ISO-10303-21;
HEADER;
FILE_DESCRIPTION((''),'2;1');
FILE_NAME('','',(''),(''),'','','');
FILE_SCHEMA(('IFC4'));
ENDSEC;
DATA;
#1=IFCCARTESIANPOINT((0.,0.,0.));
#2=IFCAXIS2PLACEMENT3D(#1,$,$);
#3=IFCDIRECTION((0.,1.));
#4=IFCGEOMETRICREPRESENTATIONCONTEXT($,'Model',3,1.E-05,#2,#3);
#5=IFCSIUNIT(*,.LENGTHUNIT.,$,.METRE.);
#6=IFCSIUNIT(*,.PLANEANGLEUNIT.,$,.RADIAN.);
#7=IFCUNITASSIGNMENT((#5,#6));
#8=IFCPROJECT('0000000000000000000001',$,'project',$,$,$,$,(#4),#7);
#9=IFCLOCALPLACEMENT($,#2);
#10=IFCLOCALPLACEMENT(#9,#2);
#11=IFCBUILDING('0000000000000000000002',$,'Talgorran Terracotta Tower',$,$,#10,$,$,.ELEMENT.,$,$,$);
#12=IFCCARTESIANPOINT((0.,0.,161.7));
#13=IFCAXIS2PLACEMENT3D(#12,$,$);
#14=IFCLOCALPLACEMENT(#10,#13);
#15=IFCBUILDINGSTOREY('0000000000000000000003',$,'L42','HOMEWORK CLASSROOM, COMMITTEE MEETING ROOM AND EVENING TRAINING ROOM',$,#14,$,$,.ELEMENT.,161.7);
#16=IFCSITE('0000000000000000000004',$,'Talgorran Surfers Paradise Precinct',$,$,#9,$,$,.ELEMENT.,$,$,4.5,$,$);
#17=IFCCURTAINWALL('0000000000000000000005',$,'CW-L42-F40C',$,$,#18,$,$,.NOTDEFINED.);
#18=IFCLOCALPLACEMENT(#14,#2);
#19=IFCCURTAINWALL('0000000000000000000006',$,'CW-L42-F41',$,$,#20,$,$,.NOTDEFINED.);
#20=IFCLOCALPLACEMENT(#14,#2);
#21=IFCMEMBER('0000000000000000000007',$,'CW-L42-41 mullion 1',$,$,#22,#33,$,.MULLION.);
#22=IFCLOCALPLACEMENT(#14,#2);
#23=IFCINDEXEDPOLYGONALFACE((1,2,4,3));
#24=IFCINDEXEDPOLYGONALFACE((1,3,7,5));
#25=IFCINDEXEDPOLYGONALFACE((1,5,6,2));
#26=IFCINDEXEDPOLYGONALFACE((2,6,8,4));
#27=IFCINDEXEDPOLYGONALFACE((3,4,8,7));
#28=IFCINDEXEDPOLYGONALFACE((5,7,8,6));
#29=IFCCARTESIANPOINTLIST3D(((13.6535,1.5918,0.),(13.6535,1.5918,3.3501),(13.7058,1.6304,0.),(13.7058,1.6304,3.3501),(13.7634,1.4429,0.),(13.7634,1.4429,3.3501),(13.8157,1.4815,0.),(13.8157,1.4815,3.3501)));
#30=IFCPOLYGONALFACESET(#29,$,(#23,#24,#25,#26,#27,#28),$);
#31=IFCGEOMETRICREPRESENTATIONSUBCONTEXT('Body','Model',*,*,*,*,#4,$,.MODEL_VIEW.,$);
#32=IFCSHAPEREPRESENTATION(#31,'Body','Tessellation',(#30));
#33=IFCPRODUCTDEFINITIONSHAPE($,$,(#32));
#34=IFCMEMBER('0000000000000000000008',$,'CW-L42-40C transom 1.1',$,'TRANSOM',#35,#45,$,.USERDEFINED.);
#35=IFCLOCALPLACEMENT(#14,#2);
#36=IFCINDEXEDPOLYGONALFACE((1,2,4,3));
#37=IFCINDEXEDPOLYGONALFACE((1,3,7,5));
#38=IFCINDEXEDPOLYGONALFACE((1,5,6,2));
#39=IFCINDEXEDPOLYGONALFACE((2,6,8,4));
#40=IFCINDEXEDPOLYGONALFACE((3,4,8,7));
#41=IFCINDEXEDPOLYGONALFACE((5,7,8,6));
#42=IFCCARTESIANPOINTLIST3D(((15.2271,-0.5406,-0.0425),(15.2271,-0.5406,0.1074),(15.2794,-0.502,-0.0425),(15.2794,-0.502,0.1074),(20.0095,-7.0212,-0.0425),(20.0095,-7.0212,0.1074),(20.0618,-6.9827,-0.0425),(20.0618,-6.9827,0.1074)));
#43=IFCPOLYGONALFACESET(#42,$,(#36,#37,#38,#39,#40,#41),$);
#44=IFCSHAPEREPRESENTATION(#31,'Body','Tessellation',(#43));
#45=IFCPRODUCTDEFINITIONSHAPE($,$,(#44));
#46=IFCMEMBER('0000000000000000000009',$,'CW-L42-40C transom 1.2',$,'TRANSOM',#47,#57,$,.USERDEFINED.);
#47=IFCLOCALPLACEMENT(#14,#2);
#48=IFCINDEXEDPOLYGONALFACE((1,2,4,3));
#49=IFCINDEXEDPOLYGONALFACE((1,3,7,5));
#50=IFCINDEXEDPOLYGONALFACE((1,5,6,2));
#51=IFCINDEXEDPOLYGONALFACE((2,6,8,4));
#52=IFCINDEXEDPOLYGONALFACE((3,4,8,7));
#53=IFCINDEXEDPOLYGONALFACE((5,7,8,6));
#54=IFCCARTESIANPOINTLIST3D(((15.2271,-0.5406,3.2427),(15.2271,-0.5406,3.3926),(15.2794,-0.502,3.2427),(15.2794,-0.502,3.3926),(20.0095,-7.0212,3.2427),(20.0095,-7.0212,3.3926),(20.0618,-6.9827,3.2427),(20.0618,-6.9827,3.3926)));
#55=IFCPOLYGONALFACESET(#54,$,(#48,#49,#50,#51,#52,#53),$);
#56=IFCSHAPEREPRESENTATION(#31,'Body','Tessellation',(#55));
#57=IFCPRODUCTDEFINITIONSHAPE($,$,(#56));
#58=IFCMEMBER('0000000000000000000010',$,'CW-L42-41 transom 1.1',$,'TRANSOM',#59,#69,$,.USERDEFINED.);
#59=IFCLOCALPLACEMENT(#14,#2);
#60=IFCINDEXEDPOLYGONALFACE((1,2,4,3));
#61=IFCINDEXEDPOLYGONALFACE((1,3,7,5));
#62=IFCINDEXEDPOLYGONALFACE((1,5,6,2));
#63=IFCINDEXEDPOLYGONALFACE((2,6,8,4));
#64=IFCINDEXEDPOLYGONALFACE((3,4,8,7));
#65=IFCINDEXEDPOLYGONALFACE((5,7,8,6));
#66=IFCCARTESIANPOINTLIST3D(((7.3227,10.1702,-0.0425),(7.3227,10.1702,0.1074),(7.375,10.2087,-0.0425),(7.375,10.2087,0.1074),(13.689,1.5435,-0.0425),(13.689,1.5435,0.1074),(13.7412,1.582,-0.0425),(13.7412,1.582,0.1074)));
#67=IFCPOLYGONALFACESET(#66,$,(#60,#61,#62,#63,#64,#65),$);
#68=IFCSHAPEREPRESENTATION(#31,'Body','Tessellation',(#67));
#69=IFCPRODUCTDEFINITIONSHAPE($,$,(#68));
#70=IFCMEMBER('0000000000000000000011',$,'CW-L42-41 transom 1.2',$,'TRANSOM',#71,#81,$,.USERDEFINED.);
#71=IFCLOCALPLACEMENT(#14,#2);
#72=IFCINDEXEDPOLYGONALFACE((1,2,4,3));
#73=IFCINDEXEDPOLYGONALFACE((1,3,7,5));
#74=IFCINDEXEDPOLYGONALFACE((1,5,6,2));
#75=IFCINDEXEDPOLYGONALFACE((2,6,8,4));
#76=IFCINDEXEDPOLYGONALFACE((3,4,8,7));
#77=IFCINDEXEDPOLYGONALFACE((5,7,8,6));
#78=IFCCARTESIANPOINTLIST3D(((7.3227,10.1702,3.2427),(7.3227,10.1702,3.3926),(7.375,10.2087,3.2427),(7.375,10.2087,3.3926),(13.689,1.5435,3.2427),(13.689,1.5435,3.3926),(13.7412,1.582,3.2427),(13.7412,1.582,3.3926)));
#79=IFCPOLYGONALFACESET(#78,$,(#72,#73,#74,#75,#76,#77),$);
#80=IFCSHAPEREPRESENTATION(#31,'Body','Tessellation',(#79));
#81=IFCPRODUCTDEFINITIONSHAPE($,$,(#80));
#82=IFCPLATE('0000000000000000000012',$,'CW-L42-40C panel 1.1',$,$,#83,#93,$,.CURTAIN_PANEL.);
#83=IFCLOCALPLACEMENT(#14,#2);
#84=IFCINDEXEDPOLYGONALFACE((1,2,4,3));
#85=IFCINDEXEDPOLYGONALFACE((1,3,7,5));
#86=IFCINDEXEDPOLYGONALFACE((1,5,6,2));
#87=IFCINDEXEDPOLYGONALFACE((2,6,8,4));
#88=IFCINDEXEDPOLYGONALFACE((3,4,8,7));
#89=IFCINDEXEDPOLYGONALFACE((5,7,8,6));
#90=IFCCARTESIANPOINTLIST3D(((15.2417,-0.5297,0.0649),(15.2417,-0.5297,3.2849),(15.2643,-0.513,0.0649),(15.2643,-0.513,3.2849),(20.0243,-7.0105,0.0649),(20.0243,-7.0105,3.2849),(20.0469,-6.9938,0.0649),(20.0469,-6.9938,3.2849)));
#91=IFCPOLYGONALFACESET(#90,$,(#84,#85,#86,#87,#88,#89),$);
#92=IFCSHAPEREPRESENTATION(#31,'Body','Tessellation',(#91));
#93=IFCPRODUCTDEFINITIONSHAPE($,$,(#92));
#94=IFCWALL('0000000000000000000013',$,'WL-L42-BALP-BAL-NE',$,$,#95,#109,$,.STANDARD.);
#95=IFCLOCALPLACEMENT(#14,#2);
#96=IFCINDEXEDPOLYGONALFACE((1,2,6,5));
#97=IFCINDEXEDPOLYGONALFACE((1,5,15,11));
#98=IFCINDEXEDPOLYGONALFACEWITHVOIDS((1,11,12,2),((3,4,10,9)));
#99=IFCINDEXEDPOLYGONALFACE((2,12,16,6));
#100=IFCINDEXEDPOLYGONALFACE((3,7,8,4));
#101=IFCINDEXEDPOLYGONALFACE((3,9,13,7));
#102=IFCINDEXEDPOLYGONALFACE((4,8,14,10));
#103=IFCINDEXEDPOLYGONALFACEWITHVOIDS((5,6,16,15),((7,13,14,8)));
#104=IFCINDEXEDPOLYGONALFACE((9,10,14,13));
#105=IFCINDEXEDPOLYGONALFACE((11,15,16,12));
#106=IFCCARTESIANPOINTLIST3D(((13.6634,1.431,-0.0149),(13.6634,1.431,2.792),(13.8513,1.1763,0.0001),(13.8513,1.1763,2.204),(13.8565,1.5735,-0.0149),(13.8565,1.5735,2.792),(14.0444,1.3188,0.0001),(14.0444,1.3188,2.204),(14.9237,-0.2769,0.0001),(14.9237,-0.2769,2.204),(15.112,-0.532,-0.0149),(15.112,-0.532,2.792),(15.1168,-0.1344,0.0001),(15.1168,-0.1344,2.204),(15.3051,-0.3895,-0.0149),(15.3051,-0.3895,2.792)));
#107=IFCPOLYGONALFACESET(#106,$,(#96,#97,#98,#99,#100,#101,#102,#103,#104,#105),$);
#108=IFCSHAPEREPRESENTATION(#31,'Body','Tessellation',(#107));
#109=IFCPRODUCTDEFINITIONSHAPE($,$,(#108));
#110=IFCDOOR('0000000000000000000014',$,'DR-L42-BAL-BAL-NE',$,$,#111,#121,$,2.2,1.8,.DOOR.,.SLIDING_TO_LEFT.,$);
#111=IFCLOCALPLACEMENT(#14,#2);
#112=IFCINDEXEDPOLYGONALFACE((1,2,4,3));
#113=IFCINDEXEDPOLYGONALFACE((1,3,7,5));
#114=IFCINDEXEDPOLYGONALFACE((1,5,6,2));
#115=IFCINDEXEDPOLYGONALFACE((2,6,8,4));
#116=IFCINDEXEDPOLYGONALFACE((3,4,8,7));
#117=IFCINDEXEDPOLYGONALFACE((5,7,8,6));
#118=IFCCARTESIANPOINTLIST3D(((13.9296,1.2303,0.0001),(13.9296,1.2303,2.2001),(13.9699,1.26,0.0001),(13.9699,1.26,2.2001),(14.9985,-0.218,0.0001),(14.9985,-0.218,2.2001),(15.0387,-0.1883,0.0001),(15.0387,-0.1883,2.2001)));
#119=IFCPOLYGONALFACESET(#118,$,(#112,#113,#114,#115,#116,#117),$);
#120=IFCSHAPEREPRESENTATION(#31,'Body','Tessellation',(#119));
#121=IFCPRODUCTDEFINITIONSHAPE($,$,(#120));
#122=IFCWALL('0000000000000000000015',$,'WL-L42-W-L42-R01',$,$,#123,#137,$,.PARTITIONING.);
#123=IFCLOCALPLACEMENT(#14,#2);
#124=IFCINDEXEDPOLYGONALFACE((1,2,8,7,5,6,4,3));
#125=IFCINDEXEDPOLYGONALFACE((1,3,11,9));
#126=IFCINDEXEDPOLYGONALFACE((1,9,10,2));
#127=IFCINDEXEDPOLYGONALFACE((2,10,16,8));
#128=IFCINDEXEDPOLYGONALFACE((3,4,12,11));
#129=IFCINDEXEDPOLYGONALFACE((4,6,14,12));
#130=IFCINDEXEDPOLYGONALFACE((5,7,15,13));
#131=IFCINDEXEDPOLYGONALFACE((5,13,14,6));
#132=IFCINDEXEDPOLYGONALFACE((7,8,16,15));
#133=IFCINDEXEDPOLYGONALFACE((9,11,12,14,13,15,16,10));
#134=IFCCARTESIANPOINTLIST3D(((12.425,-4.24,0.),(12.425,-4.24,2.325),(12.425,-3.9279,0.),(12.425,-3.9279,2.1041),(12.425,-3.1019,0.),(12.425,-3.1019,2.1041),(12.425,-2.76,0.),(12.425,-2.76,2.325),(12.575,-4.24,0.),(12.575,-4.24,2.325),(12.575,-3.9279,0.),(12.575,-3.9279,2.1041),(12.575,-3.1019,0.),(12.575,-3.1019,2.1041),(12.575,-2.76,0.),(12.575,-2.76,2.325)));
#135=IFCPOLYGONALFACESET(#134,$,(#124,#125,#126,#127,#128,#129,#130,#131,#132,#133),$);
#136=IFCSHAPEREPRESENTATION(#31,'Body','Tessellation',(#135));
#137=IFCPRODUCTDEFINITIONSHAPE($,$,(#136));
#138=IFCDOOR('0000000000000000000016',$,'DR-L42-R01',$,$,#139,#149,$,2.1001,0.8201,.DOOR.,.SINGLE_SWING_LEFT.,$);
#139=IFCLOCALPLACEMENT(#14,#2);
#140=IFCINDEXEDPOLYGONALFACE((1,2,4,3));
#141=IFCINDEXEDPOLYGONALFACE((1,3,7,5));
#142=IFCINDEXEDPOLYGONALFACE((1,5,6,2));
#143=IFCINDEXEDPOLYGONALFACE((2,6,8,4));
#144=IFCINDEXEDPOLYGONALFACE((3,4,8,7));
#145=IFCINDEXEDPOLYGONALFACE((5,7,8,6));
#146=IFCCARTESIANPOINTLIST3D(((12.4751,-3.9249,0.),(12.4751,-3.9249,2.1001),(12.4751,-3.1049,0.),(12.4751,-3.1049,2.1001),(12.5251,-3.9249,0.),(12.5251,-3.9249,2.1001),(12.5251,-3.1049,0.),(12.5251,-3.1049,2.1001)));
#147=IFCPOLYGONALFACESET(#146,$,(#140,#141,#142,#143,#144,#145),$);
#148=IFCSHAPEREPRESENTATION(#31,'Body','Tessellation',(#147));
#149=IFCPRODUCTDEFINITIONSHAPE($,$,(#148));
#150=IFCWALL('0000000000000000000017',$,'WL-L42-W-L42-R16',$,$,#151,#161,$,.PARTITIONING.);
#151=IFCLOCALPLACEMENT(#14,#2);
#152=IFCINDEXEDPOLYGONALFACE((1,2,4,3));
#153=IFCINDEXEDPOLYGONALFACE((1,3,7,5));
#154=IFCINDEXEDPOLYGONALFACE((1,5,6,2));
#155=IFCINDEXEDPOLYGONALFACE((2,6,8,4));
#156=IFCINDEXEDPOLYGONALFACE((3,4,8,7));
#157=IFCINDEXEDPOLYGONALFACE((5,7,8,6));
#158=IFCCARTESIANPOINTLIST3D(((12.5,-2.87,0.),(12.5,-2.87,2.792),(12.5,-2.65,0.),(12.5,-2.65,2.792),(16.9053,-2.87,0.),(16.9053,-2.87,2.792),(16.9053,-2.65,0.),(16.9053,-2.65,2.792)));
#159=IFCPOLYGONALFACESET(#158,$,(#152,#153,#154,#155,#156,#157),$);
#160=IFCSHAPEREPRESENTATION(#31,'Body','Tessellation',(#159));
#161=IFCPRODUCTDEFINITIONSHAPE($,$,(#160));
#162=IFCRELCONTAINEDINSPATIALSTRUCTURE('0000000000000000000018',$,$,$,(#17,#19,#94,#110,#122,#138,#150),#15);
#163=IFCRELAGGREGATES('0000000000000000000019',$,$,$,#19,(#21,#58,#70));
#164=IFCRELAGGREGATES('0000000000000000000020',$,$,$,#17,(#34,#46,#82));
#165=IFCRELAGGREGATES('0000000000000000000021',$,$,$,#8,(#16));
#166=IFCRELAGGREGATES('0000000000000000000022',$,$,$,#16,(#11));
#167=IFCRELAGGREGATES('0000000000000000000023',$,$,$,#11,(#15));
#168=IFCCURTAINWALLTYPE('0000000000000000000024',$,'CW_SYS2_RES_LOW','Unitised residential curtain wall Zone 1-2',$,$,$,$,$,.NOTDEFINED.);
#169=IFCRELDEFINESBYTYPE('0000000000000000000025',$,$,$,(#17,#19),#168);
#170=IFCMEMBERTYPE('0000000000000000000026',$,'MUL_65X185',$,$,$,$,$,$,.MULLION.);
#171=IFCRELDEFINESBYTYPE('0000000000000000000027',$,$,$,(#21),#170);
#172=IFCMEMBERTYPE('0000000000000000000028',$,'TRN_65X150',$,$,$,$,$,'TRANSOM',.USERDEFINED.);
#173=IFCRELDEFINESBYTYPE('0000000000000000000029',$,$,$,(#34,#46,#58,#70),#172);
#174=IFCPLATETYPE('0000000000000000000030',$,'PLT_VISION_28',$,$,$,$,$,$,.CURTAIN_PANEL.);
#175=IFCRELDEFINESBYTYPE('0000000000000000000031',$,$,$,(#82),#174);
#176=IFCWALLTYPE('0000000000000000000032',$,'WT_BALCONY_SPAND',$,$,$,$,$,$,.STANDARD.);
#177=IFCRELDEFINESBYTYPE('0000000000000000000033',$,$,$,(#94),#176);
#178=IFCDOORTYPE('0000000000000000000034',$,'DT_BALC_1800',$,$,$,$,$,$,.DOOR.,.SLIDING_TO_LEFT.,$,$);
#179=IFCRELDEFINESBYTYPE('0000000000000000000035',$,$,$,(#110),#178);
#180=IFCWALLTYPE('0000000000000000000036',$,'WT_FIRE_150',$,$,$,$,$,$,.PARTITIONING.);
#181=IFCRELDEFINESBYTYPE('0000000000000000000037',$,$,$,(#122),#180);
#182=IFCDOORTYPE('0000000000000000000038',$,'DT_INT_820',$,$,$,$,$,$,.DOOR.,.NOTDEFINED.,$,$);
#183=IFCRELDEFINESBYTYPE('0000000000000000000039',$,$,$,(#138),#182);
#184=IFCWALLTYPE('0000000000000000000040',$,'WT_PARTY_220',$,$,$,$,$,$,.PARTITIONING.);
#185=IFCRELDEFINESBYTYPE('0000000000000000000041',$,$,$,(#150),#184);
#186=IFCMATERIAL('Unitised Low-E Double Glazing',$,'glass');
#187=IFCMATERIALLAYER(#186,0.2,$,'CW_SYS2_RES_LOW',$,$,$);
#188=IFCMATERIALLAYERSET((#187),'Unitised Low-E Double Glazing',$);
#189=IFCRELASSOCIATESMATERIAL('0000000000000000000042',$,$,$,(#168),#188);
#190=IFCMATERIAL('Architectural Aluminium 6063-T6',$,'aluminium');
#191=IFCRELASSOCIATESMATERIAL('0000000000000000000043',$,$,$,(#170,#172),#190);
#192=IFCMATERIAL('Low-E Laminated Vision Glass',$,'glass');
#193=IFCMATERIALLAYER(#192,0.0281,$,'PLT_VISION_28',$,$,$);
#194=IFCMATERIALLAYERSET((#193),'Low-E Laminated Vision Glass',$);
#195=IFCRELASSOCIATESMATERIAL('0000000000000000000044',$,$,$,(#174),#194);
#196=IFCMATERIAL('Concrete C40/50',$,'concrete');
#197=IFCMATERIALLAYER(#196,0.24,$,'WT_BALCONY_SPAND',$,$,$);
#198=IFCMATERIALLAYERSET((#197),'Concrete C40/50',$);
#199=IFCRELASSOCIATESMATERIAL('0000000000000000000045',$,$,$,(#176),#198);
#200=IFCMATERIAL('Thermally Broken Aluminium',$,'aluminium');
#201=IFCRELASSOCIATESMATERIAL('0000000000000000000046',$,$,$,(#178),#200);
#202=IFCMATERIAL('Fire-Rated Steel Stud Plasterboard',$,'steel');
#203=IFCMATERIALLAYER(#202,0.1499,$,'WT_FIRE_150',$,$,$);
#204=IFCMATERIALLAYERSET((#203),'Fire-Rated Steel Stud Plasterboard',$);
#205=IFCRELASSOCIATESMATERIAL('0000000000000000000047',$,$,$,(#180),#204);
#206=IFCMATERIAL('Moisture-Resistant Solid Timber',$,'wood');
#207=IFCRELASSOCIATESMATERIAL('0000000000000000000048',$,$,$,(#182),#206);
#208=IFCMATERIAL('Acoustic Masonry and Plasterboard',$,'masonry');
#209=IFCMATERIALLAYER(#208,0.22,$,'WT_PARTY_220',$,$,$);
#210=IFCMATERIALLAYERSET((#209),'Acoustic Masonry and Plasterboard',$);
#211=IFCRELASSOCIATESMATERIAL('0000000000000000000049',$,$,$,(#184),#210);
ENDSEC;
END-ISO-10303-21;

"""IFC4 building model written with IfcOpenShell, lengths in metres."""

from ifc_helpers import new_model, si_unit, direction, frame, frame_2d, origin, origin_2d, place, context, subcontext, project, spatial, rectangle, extrude, source, transform, mapped, material, layer, layer_set, material_profile, profile_set, type_object, type_shapes, element, fill, aggregate, save


model = new_model("IFC4")

# Units and contexts
model_context = context("Model", 3, precision=1e-05, world=origin(), true_north=direction((0.0, 1.0)))
body_context = subcontext(model_context, "Body", "Model", "MODEL_VIEW")
ifc_project = project(units=[si_unit("LENGTHUNIT", "METRE"), si_unit("PLANEANGLEUNIT", "RADIAN")], contexts=[model_context])

# Site, building, storey
site_placement = place(None, origin())
site = spatial("IfcSite", under=ifc_project, at=site_placement, Name="Talgorran Surfers Paradise Precinct", CompositionType="ELEMENT", RefElevation=4.5)
building_placement = place(site_placement, origin())
building = spatial("IfcBuilding", under=site, at=building_placement, Name="Talgorran Terracotta Tower", CompositionType="ELEMENT")
storey_placement = place(building_placement, frame((0.0, 0.0, 161.7)))
storey = spatial("IfcBuildingStorey", under=building, at=storey_placement, Name="L42", Description="HOMEWORK CLASSROOM, COMMITTEE MEETING ROOM AND EVENING TRAINING ROOM", CompositionType="ELEMENT", Elevation=161.7)

# Shared definitions
ifc_material_1 = material(Name="Unitised Low-E Double Glazing", Category="glass")
ifc_layer_1 = layer(ifc_material_1, 0.2, Name="CW_SYS2_RES_LOW")
ifc_layer_set_1 = layer_set([ifc_layer_1], Name="Unitised Low-E Double Glazing")
curtain_wall_type = type_object("IfcCurtainWallType", Name="CW_SYS2_RES_LOW", Description="Unitised residential curtain wall Zone 1-2", PredefinedType="NOTDEFINED", material=ifc_layer_set_1)
ifc_material_2 = material(Name="Architectural Aluminium 6063-T6", Category="aluminium")
ifc_material_profile_1 = material_profile(ifc_material_2, rectangle(XDim=0.0649, YDim=0.1851, at=origin_2d()), Name="CWM65X185")
ifc_profile_set_1 = profile_set([ifc_material_profile_1], Name="Architectural Aluminium 6063-T6")
member_type_1 = type_object("IfcMemberType", Name="MUL_65X185", PredefinedType="MULLION", material=ifc_profile_set_1)

# Curtain wall
curtain_wall_1_placement = place(storey_placement, origin())
curtain_wall_1 = element("IfcCurtainWall", 1, at=curtain_wall_1_placement, inside=storey, type_object=curtain_wall_type, Name="CW-L42-F40C", PredefinedType="NOTDEFINED")

# Curtain wall, member
curtain_wall_2_placement = place(storey_placement, origin())
curtain_wall_2 = element("IfcCurtainWall", 2, at=curtain_wall_2_placement, inside=storey, type_object=curtain_wall_type, Name="CW-L42-F41", PredefinedType="NOTDEFINED")
member_1_placement = place(storey_placement, frame((13.7346, 1.5366, 0.0), z_axis=(0.0, 0.0, 1.0), x_axis=(-0.804624, -0.593785, 0.0)))
member_1 = element("IfcMember", 3, at=member_1_placement, type_object=member_type_1, Name="CW-L42-41 mullion 1", PredefinedType="MULLION", context=body_context, shape_type="SweptSolid", body=[
    extrude(rectangle(XDim=0.0649, YDim=0.1851, at=origin_2d()), origin(), (0.0, 0.0, 1.0), 3.3501),
])

# Members
ifc_material_profile_2 = material_profile(ifc_material_2, rectangle(XDim=0.0649, YDim=0.1499, at=origin_2d()), Name="CWT65X150")
ifc_profile_set_2 = profile_set([ifc_material_profile_2], Name="Architectural Aluminium 6063-T6")
member_type_2 = type_object("IfcMemberType", Name="TRN_65X150", ElementType="TRANSOM", PredefinedType="USERDEFINED", material=ifc_profile_set_2)
member_2_placement = place(storey_placement, frame((20.0356, -7.002, 0.0325), z_axis=(-0.593779, 0.804628, 0.0), x_axis=(-0.804628, -0.593779, 0.0)))
member_2 = element("IfcMember", 4, at=member_2_placement, type_object=member_type_2, Name="CW-L42-40C transom 1.1", ObjectType="TRANSOM", PredefinedType="USERDEFINED", context=body_context, shape_type="SweptSolid", body=[
    extrude(rectangle(XDim=0.0649, YDim=0.1499, at=origin_2d()), origin(), (0.0, 0.0, 1.0), 8.0542),
])
member_3_placement = place(storey_placement, frame((20.0356, -7.002, 3.3176), z_axis=(-0.593779, 0.804628, 0.0), x_axis=(-0.804628, -0.593779, 0.0)))
member_3 = element("IfcMember", 5, at=member_3_placement, type_object=member_type_2, Name="CW-L42-40C transom 1.2", ObjectType="TRANSOM", PredefinedType="USERDEFINED", context=body_context, shape_type="SweptSolid", body=[
    extrude(rectangle(XDim=0.0649, YDim=0.1499, at=origin_2d()), origin(), (0.0, 0.0, 1.0), 8.0542),
])
member_4_placement = place(storey_placement, frame((13.7151, 1.5627, 0.0325), z_axis=(-0.593785, 0.804624, 0.0), x_axis=(-0.804624, -0.593785, 0.0)))
member_4 = element("IfcMember", 6, at=member_4_placement, type_object=member_type_2, Name="CW-L42-41 transom 1.1", ObjectType="TRANSOM", PredefinedType="USERDEFINED", context=body_context, shape_type="SweptSolid", body=[
    extrude(rectangle(XDim=0.0649, YDim=0.1499, at=origin_2d()), origin(), (0.0, 0.0, 1.0), 10.7214),
])
member_5_placement = place(storey_placement, frame((13.7151, 1.5627, 3.3176), z_axis=(-0.593785, 0.804624, 0.0), x_axis=(-0.804624, -0.593785, 0.0)))
member_5 = element("IfcMember", 7, at=member_5_placement, type_object=member_type_2, Name="CW-L42-41 transom 1.2", ObjectType="TRANSOM", PredefinedType="USERDEFINED", context=body_context, shape_type="SweptSolid", body=[
    extrude(rectangle(XDim=0.0649, YDim=0.1499, at=origin_2d()), origin(), (0.0, 0.0, 1.0), 10.7214),
])
aggregate(curtain_wall_2, [member_1, member_4, member_5])

# Plate
ifc_material_3 = material(Name="Low-E Laminated Vision Glass", Category="glass")
ifc_layer_2 = layer(ifc_material_3, 0.0281, Name="PLT_VISION_28")
ifc_layer_set_2 = layer_set([ifc_layer_2], Name="Low-E Laminated Vision Glass")
plate_type = type_object("IfcPlateType", Name="PLT_VISION_28", PredefinedType="CURTAIN_PANEL", material=ifc_layer_set_2)
shared_shape = source(origin(), body_context, "Body", "SweptSolid", [
    extrude(rectangle(XDim=8.0544, YDim=0.0281, at=origin_2d()), origin(), (0.0, 0.0, 1.0), 3.22),
])
type_shapes(plate_type, [shared_shape])
plate_placement = place(storey_placement, frame((17.6443, -3.7617, 0.0649), z_axis=(0.0, 0.0, 1.0), x_axis=(-0.593785, 0.804624, 0.0)))
plate = element("IfcPlate", 8, at=plate_placement, type_object=plate_type, Name="CW-L42-40C panel 1.1", PredefinedType="CURTAIN_PANEL", context=body_context, shape_type="MappedRepresentation", body=[
    mapped(shared_shape, transform((0.0, 0.0, 0.0), scale=1.0)),
])
aggregate(curtain_wall_1, [member_2, member_3, plate])

# Walls, openings, doors
ifc_material_4 = material(Name="Concrete C40/50", Category="concrete")
ifc_layer_3 = layer(ifc_material_4, 0.24, Name="WT_BALCONY_SPAND")
ifc_layer_set_3 = layer_set([ifc_layer_3], Name="Concrete C40/50")
wall_type_1 = type_object("IfcWallType", Name="WT_BALCONY_SPAND", PredefinedType="STANDARD", material=ifc_layer_set_3)
wall_1_placement = place(storey_placement, frame((15.2085, -0.4607, -0.0149), z_axis=(0.0, 0.0, 1.0), x_axis=(-0.593786, 0.804623, 0.0)))
wall_1 = element("IfcWall", 9, at=wall_1_placement, inside=storey, type_object=wall_type_1, Name="WL-L42-BALP-BAL-NE", PredefinedType="STANDARD", context=body_context, shape_type="SweptSolid", body=[
    extrude(rectangle(XDim=2.4397, YDim=0.24, at=frame_2d((1.2197, 0.0))), origin(), (0.0, 0.0, 1.0), 2.8069),
])
opening_1_placement = place(wall_1_placement, frame((0.3201, 0.0, 0.0149)))
opening_1 = element("IfcOpeningElement", 10, at=opening_1_placement, cuts=wall_1, PredefinedType="OPENING", context=body_context, shape_type="SweptSolid", body=[
    extrude(rectangle(XDim=1.806, YDim=2.204, at=frame_2d((0.8999, 1.1021))), frame((0.0, 0.1299, 0.0), z_axis=(0.0, -1.0, 0.0), x_axis=(1.0, 0.0, 0.0)), (0.0, 0.0, 1.0), 0.26),
])
ifc_material_5 = material(Name="Thermally Broken Aluminium", Category="aluminium")
door_type_1 = type_object("IfcDoorType", Name="DT_BALC_1800", OperationType="SLIDING_TO_LEFT", PredefinedType="DOOR", material=ifc_material_5)
door_1_placement = place(opening_1_placement, origin())
door_1 = element("IfcDoor", 11, at=door_1_placement, inside=storey, type_object=door_type_1, Name="DR-L42-BAL-BAL-NE", OperationType="SLIDING_TO_LEFT", OverallHeight=2.2, OverallWidth=1.8, PredefinedType="DOOR", context=body_context, shape_type="SweptSolid", body=[
    extrude(rectangle(XDim=1.8, YDim=2.2, at=frame_2d((0.8999, 1.1001))), frame((0.0, 0.0249, 0.0), z_axis=(0.0, -1.0, 0.0), x_axis=(1.0, 0.0, 0.0)), (0.0, 0.0, 1.0), 0.05),
])
fill(opening_1, door_1)
ifc_material_6 = material(Name="Fire-Rated Steel Stud Plasterboard", Category="steel")
ifc_layer_4 = layer(ifc_material_6, 0.1499, Name="WT_FIRE_150")
ifc_layer_set_4 = layer_set([ifc_layer_4], Name="Fire-Rated Steel Stud Plasterboard")
wall_type_2 = type_object("IfcWallType", Name="WT_FIRE_150", PredefinedType="PARTITIONING", material=ifc_layer_set_4)
wall_2_placement = place(storey_placement, frame((12.5, -4.24, 0.0), z_axis=(0.0, 0.0, 1.0), x_axis=(0.0, 1.0, 0.0)))
wall_2 = element("IfcWall", 12, at=wall_2_placement, inside=storey, type_object=wall_type_2, Name="WL-L42-W-L42-R01", PredefinedType="PARTITIONING", context=body_context, shape_type="SweptSolid", body=[
    extrude(rectangle(XDim=1.48, YDim=0.1499, at=frame_2d((0.74, 0.0))), origin(), (0.0, 0.0, 1.0), 2.325),
])
opening_2_placement = place(wall_2_placement, frame((0.3149, 0.0, 0.0)))
opening_2 = element("IfcOpeningElement", 13, at=opening_2_placement, cuts=wall_2, PredefinedType="OPENING", context=body_context, shape_type="SweptSolid", body=[
    extrude(rectangle(XDim=0.8261, YDim=2.1041, at=frame_2d((0.4102, 1.052))), frame((0.0, 0.085, 0.0), z_axis=(0.0, -1.0, 0.0), x_axis=(1.0, 0.0, 0.0)), (0.0, 0.0, 1.0), 0.1699),
])
ifc_material_7 = material(Name="Moisture-Resistant Solid Timber", Category="wood")
door_type_2 = type_object("IfcDoorType", Name="DT_INT_820", OperationType="NOTDEFINED", PredefinedType="DOOR", material=ifc_material_7)
door_2_placement = place(opening_2_placement, origin())
door_2 = element("IfcDoor", 14, at=door_2_placement, inside=storey, type_object=door_type_2, Name="DR-L42-R01", OperationType="SINGLE_SWING_LEFT", OverallHeight=2.1001, OverallWidth=0.8201, PredefinedType="DOOR", context=body_context, shape_type="SweptSolid", body=[
    extrude(rectangle(XDim=0.8201, YDim=2.1001, at=frame_2d((0.4102, 1.05))), frame((0.0, 0.0249, 0.0), z_axis=(0.0, -1.0, 0.0), x_axis=(1.0, 0.0, 0.0)), (0.0, 0.0, 1.0), 0.05),
])
fill(opening_2, door_2)

# Wall
ifc_material_8 = material(Name="Acoustic Masonry and Plasterboard", Category="masonry")
ifc_layer_5 = layer(ifc_material_8, 0.22, Name="WT_PARTY_220")
ifc_layer_set_5 = layer_set([ifc_layer_5], Name="Acoustic Masonry and Plasterboard")
wall_type_3 = type_object("IfcWallType", Name="WT_PARTY_220", PredefinedType="PARTITIONING", material=ifc_layer_set_5)
wall_3_placement = place(storey_placement, frame((12.5, -2.76, 0.0), z_axis=(0.0, 0.0, 1.0), x_axis=(1.0, 0.0, 0.0)))
element("IfcWall", 15, at=wall_3_placement, inside=storey, type_object=wall_type_3, Name="WL-L42-W-L42-R16", PredefinedType="PARTITIONING", context=body_context, shape_type="SweptSolid", body=[
    extrude(rectangle(XDim=4.4053, YDim=0.22, at=frame_2d((2.2026, 0.0))), origin(), (0.0, 0.0, 1.0), 2.792),
])

save(model, "model.ifc")
